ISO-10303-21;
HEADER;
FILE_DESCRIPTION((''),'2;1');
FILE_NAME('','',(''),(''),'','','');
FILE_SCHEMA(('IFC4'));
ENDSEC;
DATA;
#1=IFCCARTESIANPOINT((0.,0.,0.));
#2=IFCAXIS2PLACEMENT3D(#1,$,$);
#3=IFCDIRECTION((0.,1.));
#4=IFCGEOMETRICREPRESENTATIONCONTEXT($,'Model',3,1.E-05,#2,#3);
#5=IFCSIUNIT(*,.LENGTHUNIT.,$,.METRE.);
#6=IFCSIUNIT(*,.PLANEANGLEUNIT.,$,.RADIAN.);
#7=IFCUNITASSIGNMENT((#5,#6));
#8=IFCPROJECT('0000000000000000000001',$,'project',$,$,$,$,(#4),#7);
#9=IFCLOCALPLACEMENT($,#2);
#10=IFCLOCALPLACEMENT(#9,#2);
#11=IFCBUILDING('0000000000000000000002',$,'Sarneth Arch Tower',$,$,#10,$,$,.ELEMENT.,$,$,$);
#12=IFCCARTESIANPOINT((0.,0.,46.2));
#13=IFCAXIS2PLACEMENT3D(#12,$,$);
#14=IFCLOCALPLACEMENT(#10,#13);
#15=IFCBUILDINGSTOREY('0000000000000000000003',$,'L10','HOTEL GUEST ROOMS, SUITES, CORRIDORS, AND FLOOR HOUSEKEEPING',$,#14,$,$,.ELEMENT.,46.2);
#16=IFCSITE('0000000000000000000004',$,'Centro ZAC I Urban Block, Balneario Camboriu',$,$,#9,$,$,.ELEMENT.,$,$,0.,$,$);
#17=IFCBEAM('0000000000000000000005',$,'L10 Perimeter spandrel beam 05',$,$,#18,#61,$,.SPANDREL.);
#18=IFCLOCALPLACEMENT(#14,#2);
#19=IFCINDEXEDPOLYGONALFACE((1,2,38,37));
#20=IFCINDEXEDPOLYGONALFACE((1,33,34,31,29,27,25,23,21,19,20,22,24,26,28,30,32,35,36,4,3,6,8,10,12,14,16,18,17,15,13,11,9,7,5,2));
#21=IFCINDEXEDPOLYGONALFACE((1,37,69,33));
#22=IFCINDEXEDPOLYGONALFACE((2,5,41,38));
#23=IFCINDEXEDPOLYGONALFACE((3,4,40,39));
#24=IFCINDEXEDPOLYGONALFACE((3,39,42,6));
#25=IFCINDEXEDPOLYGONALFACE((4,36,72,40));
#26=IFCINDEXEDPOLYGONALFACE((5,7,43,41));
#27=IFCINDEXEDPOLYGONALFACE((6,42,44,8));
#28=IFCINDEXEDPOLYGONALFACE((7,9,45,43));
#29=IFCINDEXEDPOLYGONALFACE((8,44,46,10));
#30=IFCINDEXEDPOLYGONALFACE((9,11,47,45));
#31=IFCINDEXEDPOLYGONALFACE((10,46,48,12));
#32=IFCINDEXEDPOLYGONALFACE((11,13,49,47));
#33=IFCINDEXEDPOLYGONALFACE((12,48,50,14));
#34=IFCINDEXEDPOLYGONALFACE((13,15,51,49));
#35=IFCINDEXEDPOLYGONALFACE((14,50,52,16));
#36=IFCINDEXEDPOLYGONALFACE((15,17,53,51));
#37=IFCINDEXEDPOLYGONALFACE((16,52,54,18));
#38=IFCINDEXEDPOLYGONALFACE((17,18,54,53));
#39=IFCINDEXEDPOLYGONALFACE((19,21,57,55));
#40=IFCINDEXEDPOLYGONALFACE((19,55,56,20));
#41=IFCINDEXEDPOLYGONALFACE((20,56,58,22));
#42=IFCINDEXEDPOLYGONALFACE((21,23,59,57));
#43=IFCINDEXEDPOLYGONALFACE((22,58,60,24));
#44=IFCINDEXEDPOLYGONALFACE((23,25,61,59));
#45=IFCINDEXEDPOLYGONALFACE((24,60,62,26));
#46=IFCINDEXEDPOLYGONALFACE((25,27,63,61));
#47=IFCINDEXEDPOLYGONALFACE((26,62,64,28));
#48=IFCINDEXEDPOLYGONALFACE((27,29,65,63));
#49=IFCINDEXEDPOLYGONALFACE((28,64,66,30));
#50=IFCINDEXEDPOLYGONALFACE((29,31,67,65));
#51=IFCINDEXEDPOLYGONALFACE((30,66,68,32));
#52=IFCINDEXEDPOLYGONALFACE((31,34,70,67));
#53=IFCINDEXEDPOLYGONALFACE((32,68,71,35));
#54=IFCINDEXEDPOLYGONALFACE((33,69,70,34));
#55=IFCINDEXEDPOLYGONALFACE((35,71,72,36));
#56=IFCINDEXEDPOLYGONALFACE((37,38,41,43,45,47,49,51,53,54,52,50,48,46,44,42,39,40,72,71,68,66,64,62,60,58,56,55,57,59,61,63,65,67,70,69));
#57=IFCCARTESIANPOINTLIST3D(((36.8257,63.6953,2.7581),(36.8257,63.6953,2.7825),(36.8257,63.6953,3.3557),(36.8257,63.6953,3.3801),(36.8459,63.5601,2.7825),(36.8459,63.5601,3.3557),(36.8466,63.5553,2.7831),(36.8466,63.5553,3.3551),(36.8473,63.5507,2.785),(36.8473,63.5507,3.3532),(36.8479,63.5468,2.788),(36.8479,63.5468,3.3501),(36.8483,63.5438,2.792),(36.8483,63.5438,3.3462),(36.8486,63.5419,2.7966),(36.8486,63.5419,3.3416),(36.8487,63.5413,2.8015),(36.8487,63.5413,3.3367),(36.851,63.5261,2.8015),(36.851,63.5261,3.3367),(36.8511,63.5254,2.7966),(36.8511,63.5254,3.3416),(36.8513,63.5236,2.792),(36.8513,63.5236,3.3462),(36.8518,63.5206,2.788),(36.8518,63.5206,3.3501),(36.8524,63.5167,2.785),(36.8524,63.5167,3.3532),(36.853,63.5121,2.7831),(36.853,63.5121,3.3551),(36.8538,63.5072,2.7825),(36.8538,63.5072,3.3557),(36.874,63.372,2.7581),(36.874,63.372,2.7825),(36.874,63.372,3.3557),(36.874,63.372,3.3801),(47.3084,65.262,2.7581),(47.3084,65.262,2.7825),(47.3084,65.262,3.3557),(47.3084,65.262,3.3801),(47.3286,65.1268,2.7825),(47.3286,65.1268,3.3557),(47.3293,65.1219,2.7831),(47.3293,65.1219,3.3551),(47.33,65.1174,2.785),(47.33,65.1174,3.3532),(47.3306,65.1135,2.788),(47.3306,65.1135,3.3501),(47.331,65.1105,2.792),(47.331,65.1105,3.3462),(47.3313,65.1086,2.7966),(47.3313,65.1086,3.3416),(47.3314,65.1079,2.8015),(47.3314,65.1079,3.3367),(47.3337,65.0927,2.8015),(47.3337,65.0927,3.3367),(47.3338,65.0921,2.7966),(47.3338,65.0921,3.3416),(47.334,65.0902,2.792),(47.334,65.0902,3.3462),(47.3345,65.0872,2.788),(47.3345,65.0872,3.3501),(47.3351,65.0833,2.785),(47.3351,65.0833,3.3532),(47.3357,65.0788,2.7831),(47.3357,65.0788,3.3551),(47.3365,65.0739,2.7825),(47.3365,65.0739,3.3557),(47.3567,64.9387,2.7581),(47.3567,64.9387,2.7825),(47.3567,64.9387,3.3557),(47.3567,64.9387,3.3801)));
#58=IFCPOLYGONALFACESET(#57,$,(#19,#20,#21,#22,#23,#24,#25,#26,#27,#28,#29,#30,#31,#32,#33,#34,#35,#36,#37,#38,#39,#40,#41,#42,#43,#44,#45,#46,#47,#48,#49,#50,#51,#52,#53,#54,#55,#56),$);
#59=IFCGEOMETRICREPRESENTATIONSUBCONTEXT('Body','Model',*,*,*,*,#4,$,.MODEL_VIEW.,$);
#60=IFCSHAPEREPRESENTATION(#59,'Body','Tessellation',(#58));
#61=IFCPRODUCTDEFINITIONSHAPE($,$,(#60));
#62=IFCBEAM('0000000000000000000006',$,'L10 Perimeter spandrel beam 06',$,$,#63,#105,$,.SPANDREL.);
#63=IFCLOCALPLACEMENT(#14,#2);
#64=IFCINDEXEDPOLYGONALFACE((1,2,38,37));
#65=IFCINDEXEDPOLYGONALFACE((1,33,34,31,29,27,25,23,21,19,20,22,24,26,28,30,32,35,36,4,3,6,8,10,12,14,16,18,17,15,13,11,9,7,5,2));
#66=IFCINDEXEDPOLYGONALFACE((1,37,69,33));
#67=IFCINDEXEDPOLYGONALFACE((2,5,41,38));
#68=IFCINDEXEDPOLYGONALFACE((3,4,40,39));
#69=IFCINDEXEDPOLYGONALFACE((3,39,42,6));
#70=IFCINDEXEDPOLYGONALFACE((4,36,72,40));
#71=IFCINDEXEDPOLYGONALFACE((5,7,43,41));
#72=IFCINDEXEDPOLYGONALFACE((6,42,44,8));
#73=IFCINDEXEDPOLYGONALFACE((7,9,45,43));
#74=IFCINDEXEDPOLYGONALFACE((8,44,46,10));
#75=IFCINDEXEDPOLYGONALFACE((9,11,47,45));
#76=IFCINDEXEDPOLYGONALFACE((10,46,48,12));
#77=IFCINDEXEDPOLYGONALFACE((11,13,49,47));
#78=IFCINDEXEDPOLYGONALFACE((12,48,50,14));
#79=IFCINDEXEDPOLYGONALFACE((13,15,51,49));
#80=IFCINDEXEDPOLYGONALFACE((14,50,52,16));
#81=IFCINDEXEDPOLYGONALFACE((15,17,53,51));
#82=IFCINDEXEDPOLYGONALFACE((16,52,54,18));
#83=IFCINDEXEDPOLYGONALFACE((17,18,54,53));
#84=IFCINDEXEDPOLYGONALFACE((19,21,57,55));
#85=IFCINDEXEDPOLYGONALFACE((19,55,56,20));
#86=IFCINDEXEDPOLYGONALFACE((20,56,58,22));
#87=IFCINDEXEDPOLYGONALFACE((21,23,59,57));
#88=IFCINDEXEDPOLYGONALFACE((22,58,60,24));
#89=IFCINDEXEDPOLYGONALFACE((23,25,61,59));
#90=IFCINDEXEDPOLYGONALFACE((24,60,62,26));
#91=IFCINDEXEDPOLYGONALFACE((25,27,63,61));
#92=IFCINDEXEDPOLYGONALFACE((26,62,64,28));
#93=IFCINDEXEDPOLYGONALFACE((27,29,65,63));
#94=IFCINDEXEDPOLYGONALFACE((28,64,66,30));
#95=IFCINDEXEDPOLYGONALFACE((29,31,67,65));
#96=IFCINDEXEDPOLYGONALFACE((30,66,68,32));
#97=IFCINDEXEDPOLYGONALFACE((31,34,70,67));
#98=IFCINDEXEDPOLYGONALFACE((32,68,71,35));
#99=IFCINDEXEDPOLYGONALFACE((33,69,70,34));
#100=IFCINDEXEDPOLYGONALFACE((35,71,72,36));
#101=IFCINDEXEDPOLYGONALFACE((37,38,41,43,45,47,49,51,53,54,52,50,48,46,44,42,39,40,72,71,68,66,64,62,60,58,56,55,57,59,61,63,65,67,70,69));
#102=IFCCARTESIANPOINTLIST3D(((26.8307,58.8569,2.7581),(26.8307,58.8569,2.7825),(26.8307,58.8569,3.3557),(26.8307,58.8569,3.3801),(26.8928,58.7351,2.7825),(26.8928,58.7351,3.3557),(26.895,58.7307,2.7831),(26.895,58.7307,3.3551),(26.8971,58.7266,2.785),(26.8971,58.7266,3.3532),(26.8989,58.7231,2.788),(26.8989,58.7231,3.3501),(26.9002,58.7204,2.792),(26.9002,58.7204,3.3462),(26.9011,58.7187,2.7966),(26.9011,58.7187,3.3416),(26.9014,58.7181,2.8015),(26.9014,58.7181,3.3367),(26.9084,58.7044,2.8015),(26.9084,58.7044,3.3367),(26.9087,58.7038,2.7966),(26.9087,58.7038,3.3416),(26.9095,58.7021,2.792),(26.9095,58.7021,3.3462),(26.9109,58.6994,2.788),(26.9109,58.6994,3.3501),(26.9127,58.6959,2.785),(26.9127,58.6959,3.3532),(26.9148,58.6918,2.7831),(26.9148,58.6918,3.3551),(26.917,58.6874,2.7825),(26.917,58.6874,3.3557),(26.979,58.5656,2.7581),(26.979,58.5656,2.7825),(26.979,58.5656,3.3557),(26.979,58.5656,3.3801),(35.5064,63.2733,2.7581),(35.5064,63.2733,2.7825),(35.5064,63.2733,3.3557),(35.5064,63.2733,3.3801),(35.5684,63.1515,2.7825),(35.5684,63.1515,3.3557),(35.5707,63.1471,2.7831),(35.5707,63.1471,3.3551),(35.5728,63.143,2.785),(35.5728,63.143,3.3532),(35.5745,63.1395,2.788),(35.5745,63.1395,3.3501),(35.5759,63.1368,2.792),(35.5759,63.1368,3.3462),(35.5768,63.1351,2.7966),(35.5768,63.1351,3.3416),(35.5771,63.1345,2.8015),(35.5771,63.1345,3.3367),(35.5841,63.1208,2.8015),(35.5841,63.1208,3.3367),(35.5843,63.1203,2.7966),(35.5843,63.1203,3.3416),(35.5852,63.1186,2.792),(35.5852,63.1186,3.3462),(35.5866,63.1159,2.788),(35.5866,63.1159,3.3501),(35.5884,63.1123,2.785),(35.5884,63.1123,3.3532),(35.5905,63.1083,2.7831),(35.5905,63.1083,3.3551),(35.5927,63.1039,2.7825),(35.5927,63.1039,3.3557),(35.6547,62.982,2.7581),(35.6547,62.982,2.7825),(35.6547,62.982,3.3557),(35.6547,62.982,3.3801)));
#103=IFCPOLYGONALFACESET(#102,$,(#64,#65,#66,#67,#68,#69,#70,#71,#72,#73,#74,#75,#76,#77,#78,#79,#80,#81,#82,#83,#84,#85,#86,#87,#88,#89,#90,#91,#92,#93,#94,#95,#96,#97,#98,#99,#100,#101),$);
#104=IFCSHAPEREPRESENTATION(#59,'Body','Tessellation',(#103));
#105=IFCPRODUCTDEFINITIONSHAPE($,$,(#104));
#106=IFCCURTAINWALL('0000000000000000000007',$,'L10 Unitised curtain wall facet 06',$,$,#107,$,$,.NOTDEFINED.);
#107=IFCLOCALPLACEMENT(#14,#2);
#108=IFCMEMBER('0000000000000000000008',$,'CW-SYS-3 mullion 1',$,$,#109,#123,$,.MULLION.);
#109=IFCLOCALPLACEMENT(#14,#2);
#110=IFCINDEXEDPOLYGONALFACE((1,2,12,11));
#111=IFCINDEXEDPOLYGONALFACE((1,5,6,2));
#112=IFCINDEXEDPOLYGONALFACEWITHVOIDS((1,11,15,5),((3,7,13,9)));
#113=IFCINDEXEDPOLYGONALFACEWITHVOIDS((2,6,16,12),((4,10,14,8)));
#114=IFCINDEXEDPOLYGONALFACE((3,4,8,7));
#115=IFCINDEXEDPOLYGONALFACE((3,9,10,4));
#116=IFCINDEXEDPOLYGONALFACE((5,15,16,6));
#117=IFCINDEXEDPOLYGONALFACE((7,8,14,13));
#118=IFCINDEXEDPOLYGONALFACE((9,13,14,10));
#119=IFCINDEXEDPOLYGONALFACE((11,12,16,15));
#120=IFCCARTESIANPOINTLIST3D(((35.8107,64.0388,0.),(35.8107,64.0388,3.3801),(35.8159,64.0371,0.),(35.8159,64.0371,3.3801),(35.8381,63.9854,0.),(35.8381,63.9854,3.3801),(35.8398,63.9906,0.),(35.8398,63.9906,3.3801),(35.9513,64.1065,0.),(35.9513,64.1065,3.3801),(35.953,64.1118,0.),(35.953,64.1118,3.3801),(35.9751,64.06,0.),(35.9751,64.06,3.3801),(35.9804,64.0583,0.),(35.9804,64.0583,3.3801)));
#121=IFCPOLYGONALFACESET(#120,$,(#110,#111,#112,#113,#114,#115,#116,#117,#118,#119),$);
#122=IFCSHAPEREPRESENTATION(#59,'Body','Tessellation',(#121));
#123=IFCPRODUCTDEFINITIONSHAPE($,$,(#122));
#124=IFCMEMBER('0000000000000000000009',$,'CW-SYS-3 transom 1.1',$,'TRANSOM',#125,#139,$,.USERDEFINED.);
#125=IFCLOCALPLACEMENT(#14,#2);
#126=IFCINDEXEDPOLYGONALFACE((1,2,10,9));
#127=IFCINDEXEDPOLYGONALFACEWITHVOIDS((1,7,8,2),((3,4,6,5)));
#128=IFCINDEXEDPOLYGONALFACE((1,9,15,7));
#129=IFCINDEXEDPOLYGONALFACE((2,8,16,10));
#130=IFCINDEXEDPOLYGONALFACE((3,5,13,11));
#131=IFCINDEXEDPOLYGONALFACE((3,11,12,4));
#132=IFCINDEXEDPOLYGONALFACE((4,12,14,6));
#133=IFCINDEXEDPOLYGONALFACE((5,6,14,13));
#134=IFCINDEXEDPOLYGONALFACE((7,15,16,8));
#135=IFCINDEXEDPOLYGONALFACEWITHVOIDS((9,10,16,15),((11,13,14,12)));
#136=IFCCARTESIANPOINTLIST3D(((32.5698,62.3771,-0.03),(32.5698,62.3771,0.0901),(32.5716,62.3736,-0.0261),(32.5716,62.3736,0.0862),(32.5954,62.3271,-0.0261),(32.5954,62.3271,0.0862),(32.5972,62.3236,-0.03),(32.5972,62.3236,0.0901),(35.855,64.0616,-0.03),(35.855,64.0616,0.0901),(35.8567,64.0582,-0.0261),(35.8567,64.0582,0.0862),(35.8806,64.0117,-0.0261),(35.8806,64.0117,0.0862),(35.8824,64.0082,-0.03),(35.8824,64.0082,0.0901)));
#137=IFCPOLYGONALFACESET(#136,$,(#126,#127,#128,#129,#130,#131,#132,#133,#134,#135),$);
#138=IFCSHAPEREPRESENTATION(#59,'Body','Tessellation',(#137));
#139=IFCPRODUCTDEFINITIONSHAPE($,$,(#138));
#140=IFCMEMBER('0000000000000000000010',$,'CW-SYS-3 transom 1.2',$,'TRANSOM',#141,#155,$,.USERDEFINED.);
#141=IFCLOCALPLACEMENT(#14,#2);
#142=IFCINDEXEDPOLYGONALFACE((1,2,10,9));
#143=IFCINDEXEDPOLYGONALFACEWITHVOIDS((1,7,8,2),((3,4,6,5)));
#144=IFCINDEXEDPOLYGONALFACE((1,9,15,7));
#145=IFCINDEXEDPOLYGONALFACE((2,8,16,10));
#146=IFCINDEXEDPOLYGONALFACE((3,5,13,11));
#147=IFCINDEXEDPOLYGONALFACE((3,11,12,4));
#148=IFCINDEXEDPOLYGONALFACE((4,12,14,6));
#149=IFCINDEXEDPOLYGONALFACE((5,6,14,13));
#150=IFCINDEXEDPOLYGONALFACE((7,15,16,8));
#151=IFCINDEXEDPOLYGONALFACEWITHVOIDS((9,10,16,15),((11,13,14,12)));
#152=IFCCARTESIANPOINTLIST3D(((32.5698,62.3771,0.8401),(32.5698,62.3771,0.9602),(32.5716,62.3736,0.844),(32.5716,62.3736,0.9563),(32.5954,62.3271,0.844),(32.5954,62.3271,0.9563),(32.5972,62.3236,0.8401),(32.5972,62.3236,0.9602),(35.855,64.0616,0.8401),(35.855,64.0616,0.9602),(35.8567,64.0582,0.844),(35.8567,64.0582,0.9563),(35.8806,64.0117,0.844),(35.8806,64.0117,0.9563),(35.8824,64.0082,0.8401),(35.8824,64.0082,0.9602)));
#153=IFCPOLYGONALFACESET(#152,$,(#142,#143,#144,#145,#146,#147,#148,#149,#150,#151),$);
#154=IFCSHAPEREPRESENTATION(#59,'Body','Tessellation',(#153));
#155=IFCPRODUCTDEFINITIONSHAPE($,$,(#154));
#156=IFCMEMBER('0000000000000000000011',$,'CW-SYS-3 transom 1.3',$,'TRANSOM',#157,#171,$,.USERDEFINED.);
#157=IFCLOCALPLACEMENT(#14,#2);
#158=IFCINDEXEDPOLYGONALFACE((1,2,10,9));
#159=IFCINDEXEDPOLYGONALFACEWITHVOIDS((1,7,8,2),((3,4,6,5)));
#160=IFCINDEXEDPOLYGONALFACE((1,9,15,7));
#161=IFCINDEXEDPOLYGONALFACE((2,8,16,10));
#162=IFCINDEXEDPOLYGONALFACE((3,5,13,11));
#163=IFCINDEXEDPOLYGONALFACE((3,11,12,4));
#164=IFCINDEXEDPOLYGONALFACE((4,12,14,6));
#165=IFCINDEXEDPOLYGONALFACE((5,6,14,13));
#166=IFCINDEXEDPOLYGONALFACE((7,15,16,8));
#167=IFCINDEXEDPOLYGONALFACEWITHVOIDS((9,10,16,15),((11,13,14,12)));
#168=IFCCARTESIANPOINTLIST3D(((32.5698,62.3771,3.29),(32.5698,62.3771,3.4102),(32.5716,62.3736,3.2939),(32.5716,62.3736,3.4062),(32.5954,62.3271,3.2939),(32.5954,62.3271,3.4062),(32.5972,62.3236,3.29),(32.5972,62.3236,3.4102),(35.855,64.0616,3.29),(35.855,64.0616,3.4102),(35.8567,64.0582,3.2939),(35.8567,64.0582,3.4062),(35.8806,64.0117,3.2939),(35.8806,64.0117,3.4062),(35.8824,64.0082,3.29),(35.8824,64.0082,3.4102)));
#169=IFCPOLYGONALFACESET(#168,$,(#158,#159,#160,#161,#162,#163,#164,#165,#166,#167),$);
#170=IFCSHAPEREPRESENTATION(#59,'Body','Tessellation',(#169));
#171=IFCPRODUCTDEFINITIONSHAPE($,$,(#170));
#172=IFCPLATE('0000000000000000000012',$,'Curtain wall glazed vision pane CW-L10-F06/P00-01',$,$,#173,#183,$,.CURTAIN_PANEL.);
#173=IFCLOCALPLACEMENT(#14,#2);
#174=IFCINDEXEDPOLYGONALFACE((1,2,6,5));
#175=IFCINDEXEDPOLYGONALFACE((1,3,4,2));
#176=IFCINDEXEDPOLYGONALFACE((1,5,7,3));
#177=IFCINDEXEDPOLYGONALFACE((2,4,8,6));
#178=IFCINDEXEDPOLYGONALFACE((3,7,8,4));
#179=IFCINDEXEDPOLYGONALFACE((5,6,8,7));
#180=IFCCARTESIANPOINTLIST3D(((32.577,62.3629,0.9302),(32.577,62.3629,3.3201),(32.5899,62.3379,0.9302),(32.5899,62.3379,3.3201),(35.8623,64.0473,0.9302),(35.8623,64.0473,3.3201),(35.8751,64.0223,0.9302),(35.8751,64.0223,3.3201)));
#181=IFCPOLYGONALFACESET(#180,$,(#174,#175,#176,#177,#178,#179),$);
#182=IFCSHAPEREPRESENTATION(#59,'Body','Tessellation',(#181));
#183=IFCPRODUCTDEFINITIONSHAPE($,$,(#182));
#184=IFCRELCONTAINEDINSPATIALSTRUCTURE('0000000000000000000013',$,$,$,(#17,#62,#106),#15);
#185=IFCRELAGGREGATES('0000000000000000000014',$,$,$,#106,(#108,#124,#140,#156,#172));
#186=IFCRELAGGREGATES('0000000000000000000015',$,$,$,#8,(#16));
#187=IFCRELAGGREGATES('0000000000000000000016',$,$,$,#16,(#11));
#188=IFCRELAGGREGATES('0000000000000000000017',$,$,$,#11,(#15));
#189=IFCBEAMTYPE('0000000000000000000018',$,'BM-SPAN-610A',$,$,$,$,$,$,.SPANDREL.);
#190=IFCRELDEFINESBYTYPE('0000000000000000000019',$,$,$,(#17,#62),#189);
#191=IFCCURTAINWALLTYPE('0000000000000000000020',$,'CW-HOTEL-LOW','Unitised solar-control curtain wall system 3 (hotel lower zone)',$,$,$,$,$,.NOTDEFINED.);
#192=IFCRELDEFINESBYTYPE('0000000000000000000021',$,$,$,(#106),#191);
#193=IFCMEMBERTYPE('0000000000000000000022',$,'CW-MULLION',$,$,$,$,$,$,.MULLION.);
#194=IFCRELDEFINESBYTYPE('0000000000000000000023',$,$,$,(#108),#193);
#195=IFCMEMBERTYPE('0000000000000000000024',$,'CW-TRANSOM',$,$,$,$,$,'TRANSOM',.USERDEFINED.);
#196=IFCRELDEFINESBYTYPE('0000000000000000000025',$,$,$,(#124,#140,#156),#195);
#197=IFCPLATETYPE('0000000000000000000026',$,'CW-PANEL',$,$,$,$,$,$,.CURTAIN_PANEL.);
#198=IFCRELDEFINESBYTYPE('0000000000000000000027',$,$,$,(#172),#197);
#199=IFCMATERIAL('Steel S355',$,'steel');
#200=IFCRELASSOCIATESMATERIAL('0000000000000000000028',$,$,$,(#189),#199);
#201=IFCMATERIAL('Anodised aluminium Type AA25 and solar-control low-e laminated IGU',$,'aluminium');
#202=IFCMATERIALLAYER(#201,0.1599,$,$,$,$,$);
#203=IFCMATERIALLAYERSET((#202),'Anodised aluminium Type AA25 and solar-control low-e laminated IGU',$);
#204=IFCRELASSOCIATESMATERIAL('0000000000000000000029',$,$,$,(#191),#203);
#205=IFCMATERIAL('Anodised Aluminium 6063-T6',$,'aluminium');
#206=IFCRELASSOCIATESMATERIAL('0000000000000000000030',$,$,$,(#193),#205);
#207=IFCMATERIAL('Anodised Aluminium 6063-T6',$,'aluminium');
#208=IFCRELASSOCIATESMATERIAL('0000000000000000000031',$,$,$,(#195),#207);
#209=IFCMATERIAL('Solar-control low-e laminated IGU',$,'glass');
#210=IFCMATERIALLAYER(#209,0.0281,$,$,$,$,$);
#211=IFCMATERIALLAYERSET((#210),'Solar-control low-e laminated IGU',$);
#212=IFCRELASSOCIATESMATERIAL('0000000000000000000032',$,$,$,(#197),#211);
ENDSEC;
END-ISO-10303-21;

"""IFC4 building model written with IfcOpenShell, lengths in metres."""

from ifc_helpers import new_model, si_unit, direction, frame, origin, origin_2d, place, context, subcontext, project, spatial, rectangle, hollow_rectangle, i_section, extrude, material, layer, layer_set, material_profile, profile_set, type_object, element, aggregate, save


model = new_model("IFC4")

# Units and contexts
model_context = context("Model", 3, precision=1e-05, world=origin(), true_north=direction((0.0, 1.0)))
body_context = subcontext(model_context, "Body", "Model", "MODEL_VIEW")
ifc_project = project(units=[si_unit("LENGTHUNIT", "METRE"), si_unit("PLANEANGLEUNIT", "RADIAN")], contexts=[model_context])

# Site, building, storey
site_placement = place(None, origin())
site = spatial("IfcSite", under=ifc_project, at=site_placement, Name="Centro ZAC I Urban Block, Balneario Camboriu", CompositionType="ELEMENT", RefElevation=0.0)
building_placement = place(site_placement, origin())
building = spatial("IfcBuilding", under=site, at=building_placement, Name="Sarneth Arch Tower", CompositionType="ELEMENT")
storey_placement = place(building_placement, frame((0.0, 0.0, 46.2)))
storey = spatial("IfcBuildingStorey", under=building, at=storey_placement, Name="L10", Description="HOTEL GUEST ROOMS, SUITES, CORRIDORS, AND FLOOR HOUSEKEEPING", CompositionType="ELEMENT", Elevation=46.2)

# Beams
ifc_material_1 = material(Name="Steel S355", Category="steel")
ifc_material_profile_1 = material_profile(ifc_material_1, i_section(OverallWidth=0.3269, OverallDepth=0.6221, WebThickness=0.0154, FlangeThickness=0.0244, FilletRadius=0.019, at=origin_2d()), Name="W610x195")
ifc_profile_set_1 = profile_set([ifc_material_profile_1], Name="Steel S355")
beam_type_1 = type_object("IfcBeamType", Name="BM-SPAN-610A", PredefinedType="SPANDREL", material=ifc_profile_set_1)
beam_1_placement = place(storey_placement, frame((47.3325, 65.1003, 3.0691), z_axis=(-0.989016, -0.14781, 0.0), x_axis=(0.14781, -0.989016, 0.0)))
element("IfcBeam", 1, at=beam_1_placement, inside=storey, type_object=beam_type_1, Name="L10 Perimeter spandrel beam 05", PredefinedType="SPANDREL", context=body_context, shape_type="SweptSolid", body=[
    extrude(i_section(OverallWidth=0.3269, OverallDepth=0.6221, WebThickness=0.0154, FlangeThickness=0.0244, FilletRadius=0.019, at=origin_2d()), origin(), (0.0, 0.0, 1.0), 10.5991),
])
beam_2_placement = place(storey_placement, frame((35.5806, 63.1277, 3.0691), z_axis=(-0.891174, -0.453662, 0.0), x_axis=(0.453662, -0.891174, 0.0)))
element("IfcBeam", 2, at=beam_2_placement, inside=storey, type_object=beam_type_1, Name="L10 Perimeter spandrel beam 06", PredefinedType="SPANDREL", context=body_context, shape_type="SweptSolid", body=[
    extrude(i_section(OverallWidth=0.3269, OverallDepth=0.6221, WebThickness=0.0154, FlangeThickness=0.0244, FilletRadius=0.019, at=origin_2d()), origin(), (0.0, 0.0, 1.0), 9.7351),
])

# Curtain wall, members, plate
ifc_material_2 = material(Name="Anodised aluminium Type AA25 and solar-control low-e laminated IGU", Category="aluminium")
ifc_layer_1 = layer(ifc_material_2, 0.1599)
ifc_layer_set_1 = layer_set([ifc_layer_1], Name="Anodised aluminium Type AA25 and solar-control low-e laminated IGU")
curtain_wall_type = type_object("IfcCurtainWallType", Name="CW-HOTEL-LOW", Description="Unitised solar-control curtain wall system 3 (hotel lower zone)", PredefinedType="NOTDEFINED", material=ifc_layer_set_1)
curtain_wall_placement = place(storey_placement, origin())
curtain_wall = element("IfcCurtainWall", 3, at=curtain_wall_placement, inside=storey, type_object=curtain_wall_type, Name="L10 Unitised curtain wall facet 06", PredefinedType="NOTDEFINED")
ifc_material_3 = material(Name="Anodised Aluminium 6063-T6", Category="aluminium")
ifc_material_profile_2 = material_profile(ifc_material_3, hollow_rectangle(XDim=0.0601, YDim=0.1599, WallThickness=0.0039, at=origin_2d()), Name="AL-MULL-160x60x4")
ifc_profile_set_2 = profile_set([ifc_material_profile_2], Name="Anodised Aluminium 6063-T6")
member_type_1 = type_object("IfcMemberType", Name="CW-MULLION", PredefinedType="MULLION", material=ifc_profile_set_2)
member_1_placement = place(storey_placement, frame((35.8955, 64.0486, 0.0), z_axis=(0.0, 0.0, 1.0), x_axis=(0.456245, -0.889854, 0.0)))
member_1 = element("IfcMember", 4, at=member_1_placement, type_object=member_type_1, Name="CW-SYS-3 mullion 1", PredefinedType="MULLION", context=body_context, shape_type="SweptSolid", body=[
    extrude(hollow_rectangle(XDim=0.0601, YDim=0.1599, WallThickness=0.0039, at=origin_2d()), origin(), (0.0, 0.0, 1.0), 3.3801),
])
ifc_material_4 = material(Name="Anodised Aluminium 6063-T6", Category="aluminium")
ifc_material_profile_3 = material_profile(ifc_material_4, hollow_rectangle(XDim=0.0601, YDim=0.1201, WallThickness=0.0039, at=origin_2d()), Name="AL-TRAN-120x60x4")
ifc_profile_set_3 = profile_set([ifc_material_profile_3], Name="Anodised Aluminium 6063-T6")
member_type_2 = type_object("IfcMemberType", Name="CW-TRANSOM", ElementType="TRANSOM", PredefinedType="USERDEFINED", material=ifc_profile_set_3)
member_2_placement = place(storey_placement, frame((35.8687, 64.0349, 0.03), z_axis=(-0.889831, -0.45629, 0.0), x_axis=(0.45629, -0.889831, 0.0)))
member_2 = element("IfcMember", 5, at=member_2_placement, type_object=member_type_2, Name="CW-SYS-3 transom 1.1", ObjectType="TRANSOM", PredefinedType="USERDEFINED", context=body_context, shape_type="SweptSolid", body=[
    extrude(hollow_rectangle(XDim=0.0601, YDim=0.1201, WallThickness=0.0039, at=origin_2d()), origin(), (0.0, 0.0, 1.0), 3.6919),
])
member_3_placement = place(storey_placement, frame((35.8687, 64.0349, 0.9001), z_axis=(-0.889831, -0.45629, 0.0), x_axis=(0.45629, -0.889831, 0.0)))
member_3 = element("IfcMember", 6, at=member_3_placement, type_object=member_type_2, Name="CW-SYS-3 transom 1.2", ObjectType="TRANSOM", PredefinedType="USERDEFINED", context=body_context, shape_type="SweptSolid", body=[
    extrude(hollow_rectangle(XDim=0.0601, YDim=0.1201, WallThickness=0.0039, at=origin_2d()), origin(), (0.0, 0.0, 1.0), 3.6919),
])
member_4_placement = place(storey_placement, frame((35.8687, 64.0349, 3.3501), z_axis=(-0.889831, -0.45629, 0.0), x_axis=(0.45629, -0.889831, 0.0)))
member_4 = element("IfcMember", 7, at=member_4_placement, type_object=member_type_2, Name="CW-SYS-3 transom 1.3", ObjectType="TRANSOM", PredefinedType="USERDEFINED", context=body_context, shape_type="SweptSolid", body=[
    extrude(hollow_rectangle(XDim=0.0601, YDim=0.1201, WallThickness=0.0039, at=origin_2d()), origin(), (0.0, 0.0, 1.0), 3.6919),
])
ifc_material_5 = material(Name="Solar-control low-e laminated IGU", Category="glass")
ifc_layer_2 = layer(ifc_material_5, 0.0281)
ifc_layer_set_2 = layer_set([ifc_layer_2], Name="Solar-control low-e laminated IGU")
plate_type = type_object("IfcPlateType", Name="CW-PANEL", PredefinedType="CURTAIN_PANEL", material=ifc_layer_set_2)
plate_placement = place(storey_placement, frame((34.2261, 63.1926, 0.9302), z_axis=(0.0, 0.0, 1.0), x_axis=(-0.889854, -0.456245, 0.0)))
plate = element("IfcPlate", 8, at=plate_placement, type_object=plate_type, Name="Curtain wall glazed vision pane CW-L10-F06/P00-01", PredefinedType="CURTAIN_PANEL", context=body_context, shape_type="SweptSolid", body=[
    extrude(rectangle(XDim=3.6919, YDim=0.0281, at=origin_2d()), origin(), (0.0, 0.0, 1.0), 2.3899),
])
aggregate(curtain_wall, [member_1, member_2, member_3, member_4, plate])

save(model, "model.ifc")
